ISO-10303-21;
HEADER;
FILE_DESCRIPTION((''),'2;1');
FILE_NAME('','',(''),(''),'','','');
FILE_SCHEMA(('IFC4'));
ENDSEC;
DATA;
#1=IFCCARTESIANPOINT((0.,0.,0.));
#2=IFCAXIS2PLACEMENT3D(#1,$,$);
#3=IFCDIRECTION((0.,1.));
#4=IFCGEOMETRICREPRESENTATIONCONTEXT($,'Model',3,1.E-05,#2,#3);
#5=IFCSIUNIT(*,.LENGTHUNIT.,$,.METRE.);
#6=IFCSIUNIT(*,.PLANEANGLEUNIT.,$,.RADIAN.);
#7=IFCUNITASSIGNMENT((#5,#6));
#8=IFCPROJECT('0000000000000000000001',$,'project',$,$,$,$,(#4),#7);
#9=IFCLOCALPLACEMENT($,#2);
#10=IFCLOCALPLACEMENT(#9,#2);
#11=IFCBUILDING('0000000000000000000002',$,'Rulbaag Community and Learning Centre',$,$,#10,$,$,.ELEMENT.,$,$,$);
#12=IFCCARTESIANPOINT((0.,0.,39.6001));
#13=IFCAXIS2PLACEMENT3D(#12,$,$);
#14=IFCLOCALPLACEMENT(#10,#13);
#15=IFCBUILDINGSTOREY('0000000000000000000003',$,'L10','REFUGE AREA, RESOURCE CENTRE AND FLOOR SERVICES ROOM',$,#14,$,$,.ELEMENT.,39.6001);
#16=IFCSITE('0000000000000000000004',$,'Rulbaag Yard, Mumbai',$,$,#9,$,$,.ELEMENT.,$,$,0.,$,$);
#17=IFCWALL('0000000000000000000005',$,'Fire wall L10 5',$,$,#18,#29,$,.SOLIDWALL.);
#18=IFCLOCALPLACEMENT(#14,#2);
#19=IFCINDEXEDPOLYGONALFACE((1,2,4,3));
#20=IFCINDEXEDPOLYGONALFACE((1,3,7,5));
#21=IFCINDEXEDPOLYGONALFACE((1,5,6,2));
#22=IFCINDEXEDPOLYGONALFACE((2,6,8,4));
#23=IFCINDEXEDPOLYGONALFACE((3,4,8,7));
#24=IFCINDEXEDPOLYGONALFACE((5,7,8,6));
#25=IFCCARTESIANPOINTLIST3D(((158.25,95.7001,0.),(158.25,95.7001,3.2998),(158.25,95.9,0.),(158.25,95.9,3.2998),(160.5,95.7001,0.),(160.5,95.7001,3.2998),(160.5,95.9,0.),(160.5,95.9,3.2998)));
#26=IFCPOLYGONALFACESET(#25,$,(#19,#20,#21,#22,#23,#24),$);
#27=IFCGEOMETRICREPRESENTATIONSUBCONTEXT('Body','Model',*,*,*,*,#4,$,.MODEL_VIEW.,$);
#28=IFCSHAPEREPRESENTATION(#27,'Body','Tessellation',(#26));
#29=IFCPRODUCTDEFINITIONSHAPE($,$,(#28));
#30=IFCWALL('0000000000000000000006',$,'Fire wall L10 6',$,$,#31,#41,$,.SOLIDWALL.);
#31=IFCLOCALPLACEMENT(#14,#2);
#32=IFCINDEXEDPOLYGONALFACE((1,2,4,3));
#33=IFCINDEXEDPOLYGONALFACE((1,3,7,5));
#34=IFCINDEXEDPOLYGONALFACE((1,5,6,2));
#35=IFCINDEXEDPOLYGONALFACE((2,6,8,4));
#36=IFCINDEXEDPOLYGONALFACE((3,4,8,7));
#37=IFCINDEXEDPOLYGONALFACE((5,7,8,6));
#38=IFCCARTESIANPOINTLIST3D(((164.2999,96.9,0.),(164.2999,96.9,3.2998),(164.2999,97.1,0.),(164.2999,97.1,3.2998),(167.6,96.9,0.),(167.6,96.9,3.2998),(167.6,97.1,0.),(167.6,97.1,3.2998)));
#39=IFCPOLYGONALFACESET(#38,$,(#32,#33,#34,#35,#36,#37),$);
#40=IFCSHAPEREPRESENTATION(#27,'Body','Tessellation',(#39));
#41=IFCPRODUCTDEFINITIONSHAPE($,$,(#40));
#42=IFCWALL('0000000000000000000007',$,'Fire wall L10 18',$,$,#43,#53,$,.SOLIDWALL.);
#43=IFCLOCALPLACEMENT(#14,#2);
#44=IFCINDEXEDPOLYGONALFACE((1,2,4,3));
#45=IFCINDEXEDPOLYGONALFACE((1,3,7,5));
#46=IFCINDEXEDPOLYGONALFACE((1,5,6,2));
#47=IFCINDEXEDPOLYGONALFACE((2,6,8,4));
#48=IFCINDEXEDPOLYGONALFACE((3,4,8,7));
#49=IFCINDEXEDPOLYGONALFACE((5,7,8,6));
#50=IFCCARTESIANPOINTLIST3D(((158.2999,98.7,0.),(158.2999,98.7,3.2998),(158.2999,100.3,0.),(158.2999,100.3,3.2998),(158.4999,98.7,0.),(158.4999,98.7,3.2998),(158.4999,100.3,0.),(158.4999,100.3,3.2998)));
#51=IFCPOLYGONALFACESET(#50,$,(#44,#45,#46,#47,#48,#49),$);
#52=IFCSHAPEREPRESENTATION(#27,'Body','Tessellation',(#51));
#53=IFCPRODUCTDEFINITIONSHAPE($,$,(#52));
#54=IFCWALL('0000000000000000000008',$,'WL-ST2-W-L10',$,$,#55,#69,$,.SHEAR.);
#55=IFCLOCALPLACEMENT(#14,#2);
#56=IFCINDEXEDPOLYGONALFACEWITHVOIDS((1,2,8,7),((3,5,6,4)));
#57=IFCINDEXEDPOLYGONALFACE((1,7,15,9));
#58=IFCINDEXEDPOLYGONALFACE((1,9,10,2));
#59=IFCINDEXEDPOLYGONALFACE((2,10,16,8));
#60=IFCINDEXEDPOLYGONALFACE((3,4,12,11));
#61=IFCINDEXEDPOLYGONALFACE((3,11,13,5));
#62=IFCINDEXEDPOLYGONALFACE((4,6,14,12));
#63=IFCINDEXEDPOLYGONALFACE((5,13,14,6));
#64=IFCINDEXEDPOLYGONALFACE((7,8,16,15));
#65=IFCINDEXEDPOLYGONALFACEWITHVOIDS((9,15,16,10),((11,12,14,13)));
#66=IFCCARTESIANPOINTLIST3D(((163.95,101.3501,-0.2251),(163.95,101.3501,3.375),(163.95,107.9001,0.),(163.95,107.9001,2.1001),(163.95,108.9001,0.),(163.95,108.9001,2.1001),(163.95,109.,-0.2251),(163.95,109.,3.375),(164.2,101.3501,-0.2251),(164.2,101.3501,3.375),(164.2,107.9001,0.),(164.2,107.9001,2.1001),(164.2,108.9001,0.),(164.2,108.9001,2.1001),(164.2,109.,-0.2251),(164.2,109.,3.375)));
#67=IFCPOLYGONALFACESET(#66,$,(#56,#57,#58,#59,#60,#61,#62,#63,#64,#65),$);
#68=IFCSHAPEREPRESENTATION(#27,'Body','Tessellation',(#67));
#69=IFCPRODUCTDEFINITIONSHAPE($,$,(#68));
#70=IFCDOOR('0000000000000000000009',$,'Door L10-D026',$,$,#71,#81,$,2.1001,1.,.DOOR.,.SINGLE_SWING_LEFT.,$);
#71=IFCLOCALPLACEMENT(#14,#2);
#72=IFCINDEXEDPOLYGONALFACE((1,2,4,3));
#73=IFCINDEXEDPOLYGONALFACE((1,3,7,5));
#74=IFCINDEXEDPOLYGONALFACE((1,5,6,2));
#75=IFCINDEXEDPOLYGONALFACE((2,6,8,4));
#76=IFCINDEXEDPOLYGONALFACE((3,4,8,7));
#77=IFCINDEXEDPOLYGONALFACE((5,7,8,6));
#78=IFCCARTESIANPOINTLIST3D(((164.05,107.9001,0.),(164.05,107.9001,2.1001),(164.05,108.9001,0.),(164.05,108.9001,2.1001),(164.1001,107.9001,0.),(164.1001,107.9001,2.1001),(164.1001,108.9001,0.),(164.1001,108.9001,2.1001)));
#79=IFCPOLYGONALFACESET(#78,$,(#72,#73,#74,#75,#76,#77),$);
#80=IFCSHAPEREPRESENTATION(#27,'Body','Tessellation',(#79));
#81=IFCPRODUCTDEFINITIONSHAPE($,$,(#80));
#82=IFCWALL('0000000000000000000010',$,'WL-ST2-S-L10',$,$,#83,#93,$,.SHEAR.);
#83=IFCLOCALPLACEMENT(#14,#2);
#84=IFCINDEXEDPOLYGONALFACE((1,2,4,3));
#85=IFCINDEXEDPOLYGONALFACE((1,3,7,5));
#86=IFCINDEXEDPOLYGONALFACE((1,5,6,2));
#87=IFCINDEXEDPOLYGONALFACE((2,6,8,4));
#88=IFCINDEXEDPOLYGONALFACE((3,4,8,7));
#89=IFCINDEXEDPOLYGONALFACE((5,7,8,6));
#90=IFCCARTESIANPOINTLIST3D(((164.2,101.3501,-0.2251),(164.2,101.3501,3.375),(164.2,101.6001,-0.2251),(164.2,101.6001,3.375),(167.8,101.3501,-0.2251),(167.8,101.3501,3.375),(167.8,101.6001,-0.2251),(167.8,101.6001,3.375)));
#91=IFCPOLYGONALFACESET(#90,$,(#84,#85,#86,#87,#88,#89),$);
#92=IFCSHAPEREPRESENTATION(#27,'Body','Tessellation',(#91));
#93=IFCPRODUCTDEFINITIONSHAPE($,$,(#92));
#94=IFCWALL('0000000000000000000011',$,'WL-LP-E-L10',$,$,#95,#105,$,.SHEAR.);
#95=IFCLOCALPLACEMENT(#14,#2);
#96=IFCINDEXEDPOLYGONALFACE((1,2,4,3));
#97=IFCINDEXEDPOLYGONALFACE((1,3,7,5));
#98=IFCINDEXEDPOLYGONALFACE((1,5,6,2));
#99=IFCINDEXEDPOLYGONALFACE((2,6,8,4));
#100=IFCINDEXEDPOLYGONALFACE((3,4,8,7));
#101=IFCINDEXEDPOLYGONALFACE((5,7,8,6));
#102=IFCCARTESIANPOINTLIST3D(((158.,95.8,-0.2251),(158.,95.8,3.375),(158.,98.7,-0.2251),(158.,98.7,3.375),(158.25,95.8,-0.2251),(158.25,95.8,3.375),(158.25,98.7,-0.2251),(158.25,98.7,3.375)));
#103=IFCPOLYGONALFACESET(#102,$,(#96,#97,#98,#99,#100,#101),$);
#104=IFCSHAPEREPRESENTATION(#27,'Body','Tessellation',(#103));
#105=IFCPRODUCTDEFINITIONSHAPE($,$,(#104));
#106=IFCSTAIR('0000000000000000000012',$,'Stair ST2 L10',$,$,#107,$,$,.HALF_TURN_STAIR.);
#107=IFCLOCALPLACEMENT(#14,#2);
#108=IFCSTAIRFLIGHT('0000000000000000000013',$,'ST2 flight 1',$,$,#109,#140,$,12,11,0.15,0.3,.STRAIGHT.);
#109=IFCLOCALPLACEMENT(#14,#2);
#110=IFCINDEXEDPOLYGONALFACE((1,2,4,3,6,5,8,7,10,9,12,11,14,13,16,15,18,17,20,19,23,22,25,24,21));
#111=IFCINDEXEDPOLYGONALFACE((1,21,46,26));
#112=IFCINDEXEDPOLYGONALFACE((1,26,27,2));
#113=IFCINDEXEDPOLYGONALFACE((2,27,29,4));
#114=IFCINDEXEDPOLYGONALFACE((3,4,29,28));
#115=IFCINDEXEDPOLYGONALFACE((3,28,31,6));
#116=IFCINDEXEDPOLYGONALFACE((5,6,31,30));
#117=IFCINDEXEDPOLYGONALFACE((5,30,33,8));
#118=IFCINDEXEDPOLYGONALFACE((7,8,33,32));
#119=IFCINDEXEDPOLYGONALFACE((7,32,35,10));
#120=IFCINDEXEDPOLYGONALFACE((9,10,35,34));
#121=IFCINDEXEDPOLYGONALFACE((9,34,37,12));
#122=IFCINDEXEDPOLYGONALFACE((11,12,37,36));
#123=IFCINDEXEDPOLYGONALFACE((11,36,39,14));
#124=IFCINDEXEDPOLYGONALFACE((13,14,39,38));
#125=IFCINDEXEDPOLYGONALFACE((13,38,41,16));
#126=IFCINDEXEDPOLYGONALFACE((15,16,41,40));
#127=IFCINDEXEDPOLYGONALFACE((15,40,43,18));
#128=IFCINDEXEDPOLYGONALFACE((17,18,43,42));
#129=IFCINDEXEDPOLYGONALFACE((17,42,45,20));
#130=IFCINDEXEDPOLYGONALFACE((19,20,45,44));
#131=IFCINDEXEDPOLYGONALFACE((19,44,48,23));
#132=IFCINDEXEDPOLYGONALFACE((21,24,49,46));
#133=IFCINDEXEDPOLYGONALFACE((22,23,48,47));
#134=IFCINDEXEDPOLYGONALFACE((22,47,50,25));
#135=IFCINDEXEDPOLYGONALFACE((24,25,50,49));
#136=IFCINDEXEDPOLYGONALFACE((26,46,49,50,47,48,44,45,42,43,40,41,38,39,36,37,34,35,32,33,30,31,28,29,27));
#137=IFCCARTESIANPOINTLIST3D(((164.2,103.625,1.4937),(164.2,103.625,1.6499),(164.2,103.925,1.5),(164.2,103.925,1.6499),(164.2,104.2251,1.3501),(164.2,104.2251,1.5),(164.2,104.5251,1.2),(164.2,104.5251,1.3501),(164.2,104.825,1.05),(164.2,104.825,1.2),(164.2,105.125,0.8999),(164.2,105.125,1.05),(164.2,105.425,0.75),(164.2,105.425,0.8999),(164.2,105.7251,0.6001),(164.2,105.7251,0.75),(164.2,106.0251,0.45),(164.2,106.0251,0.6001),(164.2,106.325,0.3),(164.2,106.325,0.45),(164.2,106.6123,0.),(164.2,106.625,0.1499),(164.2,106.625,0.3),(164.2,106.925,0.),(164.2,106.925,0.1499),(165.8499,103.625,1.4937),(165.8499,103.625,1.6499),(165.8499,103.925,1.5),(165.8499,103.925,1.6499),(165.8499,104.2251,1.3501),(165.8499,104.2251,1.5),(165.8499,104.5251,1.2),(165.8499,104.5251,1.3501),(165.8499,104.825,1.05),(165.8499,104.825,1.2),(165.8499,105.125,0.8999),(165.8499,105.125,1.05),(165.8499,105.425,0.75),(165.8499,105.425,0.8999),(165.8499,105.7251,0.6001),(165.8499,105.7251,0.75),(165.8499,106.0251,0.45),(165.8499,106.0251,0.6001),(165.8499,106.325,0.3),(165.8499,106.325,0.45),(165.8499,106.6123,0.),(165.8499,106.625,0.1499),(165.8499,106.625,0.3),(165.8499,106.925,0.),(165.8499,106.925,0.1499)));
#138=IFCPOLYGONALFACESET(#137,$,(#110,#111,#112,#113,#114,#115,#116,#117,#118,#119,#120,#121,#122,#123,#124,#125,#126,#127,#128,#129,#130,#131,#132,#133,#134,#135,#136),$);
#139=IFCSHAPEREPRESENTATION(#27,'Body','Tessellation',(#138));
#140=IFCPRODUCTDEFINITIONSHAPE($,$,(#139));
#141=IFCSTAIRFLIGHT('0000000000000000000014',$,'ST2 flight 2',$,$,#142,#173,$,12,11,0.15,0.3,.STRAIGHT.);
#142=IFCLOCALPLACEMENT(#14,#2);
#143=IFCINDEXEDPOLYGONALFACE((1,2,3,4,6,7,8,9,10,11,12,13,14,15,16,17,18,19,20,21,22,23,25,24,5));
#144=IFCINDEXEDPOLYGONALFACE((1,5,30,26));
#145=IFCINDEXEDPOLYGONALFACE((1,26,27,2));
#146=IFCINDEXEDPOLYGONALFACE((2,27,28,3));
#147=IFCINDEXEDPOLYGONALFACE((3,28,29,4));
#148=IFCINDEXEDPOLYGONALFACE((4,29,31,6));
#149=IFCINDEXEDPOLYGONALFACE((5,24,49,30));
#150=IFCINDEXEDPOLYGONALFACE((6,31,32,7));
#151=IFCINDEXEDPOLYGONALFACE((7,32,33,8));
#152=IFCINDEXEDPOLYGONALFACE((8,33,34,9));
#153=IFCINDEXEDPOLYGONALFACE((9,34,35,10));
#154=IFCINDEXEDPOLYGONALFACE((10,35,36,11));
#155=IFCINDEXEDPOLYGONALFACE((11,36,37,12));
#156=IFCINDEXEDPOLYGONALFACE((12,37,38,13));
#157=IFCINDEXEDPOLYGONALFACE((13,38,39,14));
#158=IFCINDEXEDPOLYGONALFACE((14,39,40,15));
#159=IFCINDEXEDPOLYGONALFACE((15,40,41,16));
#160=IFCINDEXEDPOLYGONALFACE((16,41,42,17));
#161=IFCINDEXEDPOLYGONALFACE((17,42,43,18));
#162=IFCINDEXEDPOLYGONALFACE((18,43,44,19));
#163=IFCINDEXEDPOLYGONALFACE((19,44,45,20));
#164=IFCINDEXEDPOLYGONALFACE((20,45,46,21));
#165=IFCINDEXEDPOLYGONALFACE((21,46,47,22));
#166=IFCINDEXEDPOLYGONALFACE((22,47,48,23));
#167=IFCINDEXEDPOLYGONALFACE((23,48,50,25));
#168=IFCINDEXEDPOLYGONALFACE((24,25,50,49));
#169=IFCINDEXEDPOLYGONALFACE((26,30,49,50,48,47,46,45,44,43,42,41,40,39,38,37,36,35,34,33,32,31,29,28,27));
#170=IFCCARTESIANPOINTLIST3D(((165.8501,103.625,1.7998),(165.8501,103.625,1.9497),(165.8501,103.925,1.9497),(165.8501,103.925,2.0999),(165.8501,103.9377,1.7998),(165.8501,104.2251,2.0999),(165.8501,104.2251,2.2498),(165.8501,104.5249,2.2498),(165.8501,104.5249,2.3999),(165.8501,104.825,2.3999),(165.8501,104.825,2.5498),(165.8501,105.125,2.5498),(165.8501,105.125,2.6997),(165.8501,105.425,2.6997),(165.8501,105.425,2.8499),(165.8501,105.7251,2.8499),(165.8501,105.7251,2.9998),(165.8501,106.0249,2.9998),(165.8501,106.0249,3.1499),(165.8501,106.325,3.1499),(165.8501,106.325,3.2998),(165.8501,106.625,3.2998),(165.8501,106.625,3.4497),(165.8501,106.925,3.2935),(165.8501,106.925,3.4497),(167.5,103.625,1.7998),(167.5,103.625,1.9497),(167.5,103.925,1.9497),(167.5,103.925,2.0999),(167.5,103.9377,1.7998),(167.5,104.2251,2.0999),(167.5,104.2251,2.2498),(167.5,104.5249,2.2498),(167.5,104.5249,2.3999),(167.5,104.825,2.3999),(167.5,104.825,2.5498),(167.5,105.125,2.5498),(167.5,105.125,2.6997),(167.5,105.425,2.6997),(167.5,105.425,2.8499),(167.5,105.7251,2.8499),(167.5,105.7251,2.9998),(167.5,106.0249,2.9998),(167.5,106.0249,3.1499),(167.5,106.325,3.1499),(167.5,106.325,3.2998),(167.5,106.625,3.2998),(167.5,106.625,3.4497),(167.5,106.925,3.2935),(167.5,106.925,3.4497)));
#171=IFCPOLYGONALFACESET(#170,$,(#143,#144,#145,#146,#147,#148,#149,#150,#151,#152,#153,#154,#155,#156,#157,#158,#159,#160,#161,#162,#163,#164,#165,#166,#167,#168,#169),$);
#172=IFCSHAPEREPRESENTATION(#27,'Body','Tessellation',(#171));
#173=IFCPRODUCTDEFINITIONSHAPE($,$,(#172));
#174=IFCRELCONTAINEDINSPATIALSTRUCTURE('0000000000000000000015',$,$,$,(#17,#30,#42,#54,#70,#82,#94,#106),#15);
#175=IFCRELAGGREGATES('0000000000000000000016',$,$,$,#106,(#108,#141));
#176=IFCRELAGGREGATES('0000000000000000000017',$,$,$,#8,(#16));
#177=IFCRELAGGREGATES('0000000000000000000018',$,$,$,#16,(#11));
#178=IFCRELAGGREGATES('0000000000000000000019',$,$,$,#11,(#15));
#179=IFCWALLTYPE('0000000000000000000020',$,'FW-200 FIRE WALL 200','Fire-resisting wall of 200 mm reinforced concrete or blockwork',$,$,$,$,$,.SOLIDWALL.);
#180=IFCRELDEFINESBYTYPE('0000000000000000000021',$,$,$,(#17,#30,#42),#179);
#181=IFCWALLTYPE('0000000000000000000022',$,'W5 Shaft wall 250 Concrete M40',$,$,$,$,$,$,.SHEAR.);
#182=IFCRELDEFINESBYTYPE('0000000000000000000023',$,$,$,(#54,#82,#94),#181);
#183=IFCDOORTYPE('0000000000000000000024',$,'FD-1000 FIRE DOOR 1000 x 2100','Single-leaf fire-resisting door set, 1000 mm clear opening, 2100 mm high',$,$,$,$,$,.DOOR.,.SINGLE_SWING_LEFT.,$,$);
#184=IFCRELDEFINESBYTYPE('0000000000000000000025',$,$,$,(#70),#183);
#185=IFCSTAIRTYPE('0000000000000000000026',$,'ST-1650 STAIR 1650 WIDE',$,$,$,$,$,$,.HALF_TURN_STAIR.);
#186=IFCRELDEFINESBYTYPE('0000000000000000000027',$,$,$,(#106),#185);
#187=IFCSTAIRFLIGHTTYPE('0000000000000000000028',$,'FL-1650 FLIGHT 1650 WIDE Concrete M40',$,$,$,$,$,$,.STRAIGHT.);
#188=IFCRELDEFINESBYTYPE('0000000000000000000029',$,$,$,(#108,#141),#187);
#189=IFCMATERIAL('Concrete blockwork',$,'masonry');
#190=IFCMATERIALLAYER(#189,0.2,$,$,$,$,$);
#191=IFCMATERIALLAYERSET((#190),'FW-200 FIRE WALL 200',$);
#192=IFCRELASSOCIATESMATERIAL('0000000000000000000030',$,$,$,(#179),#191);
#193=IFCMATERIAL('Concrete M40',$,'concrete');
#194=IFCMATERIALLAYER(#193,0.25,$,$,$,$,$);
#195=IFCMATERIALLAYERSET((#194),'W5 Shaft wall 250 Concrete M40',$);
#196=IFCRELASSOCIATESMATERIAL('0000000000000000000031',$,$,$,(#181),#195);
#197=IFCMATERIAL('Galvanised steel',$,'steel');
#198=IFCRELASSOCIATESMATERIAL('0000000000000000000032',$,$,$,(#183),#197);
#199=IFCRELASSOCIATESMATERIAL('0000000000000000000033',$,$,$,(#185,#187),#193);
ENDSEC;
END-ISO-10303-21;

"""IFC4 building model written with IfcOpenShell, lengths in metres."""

from ifc_helpers import new_model, si_unit, direction, frame, frame_2d, origin, place, context, subcontext, project, spatial, polyline, rectangle, outline, extrude, material, layer, layer_set, type_object, element, fill, aggregate, save


model = new_model("IFC4")

# Units and contexts
model_context = context("Model", 3, precision=1e-05, world=origin(), true_north=direction((0.0, 1.0)))
body_context = subcontext(model_context, "Body", "Model", "MODEL_VIEW")
ifc_project = project(units=[si_unit("LENGTHUNIT", "METRE"), si_unit("PLANEANGLEUNIT", "RADIAN")], contexts=[model_context])

# Site, building, storey
site_placement = place(None, origin())
site = spatial("IfcSite", under=ifc_project, at=site_placement, Name="Rulbaag Yard, Mumbai", CompositionType="ELEMENT", RefElevation=0.0)
building_placement = place(site_placement, origin())
building = spatial("IfcBuilding", under=site, at=building_placement, Name="Rulbaag Community and Learning Centre", CompositionType="ELEMENT")
storey_placement = place(building_placement, frame((0.0, 0.0, 39.6001)))
storey = spatial("IfcBuildingStorey", under=building, at=storey_placement, Name="L10", Description="REFUGE AREA, RESOURCE CENTRE AND FLOOR SERVICES ROOM", CompositionType="ELEMENT", Elevation=39.6001)

# Walls
ifc_material_1 = material(Name="Concrete blockwork", Category="masonry")
ifc_layer_1 = layer(ifc_material_1, 0.2)
ifc_layer_set_1 = layer_set([ifc_layer_1], Name="FW-200 FIRE WALL 200")
wall_type_1 = type_object("IfcWallType", Name="FW-200 FIRE WALL 200", Description="Fire-resisting wall of 200 mm reinforced concrete or blockwork", PredefinedType="SOLIDWALL", material=ifc_layer_set_1)
wall_1_placement = place(storey_placement, frame((158.25, 95.8, 0.0), z_axis=(0.0, 0.0, 1.0), x_axis=(1.0, 0.0, 0.0)))
element("IfcWall", 1, at=wall_1_placement, inside=storey, type_object=wall_type_1, Name="Fire wall L10 5", PredefinedType="SOLIDWALL", context=body_context, shape_type="SweptSolid", body=[
    extrude(rectangle(XDim=2.25, YDim=0.2, at=frame_2d((1.125, 0.0))), origin(), (0.0, 0.0, 1.0), 3.2998),
])
wall_2_placement = place(storey_placement, frame((164.3, 97.0, 0.0), z_axis=(0.0, 0.0, 1.0), x_axis=(1.0, 0.0, 0.0)))
element("IfcWall", 2, at=wall_2_placement, inside=storey, type_object=wall_type_1, Name="Fire wall L10 6", PredefinedType="SOLIDWALL", context=body_context, shape_type="SweptSolid", body=[
    extrude(rectangle(XDim=3.3, YDim=0.2, at=frame_2d((1.6499, 0.0))), origin(), (0.0, 0.0, 1.0), 3.2998),
])
wall_3_placement = place(storey_placement, frame((158.3999, 98.7, 0.0), z_axis=(0.0, 0.0, 1.0), x_axis=(0.0, 1.0, 0.0)))
element("IfcWall", 3, at=wall_3_placement, inside=storey, type_object=wall_type_1, Name="Fire wall L10 18", PredefinedType="SOLIDWALL", context=body_context, shape_type="SweptSolid", body=[
    extrude(rectangle(XDim=1.6001, YDim=0.2, at=frame_2d((0.8, 0.0))), origin(), (0.0, 0.0, 1.0), 3.2998),
])

# Wall, opening, door
ifc_material_2 = material(Name="Concrete M40", Category="concrete")
ifc_layer_2 = layer(ifc_material_2, 0.25)
ifc_layer_set_2 = layer_set([ifc_layer_2], Name="W5 Shaft wall 250 Concrete M40")
wall_type_2 = type_object("IfcWallType", Name="W5 Shaft wall 250 Concrete M40", PredefinedType="SHEAR", material=ifc_layer_set_2)
wall_4_placement = place(storey_placement, frame((164.075, 101.3501, -0.2251), z_axis=(0.0, 0.0, 1.0), x_axis=(0.0, 1.0, 0.0)))
wall_4 = element("IfcWall", 4, at=wall_4_placement, inside=storey, type_object=wall_type_2, Name="WL-ST2-W-L10", PredefinedType="SHEAR", context=body_context, shape_type="SweptSolid", body=[
    extrude(rectangle(XDim=7.6499, YDim=0.25, at=frame_2d((3.825, 0.0))), origin(), (0.0, 0.0, 1.0), 3.6001),
])
opening_placement = place(wall_4_placement, frame((6.55, 0.0, 0.2251)))
opening = element("IfcOpeningElement", 5, at=opening_placement, cuts=wall_4, PredefinedType="OPENING", context=body_context, shape_type="SweptSolid", body=[
    extrude(rectangle(XDim=1.0, YDim=2.1001, at=frame_2d((0.5, 1.05))), frame((0.0, 0.135, 0.0), z_axis=(0.0, -1.0, 0.0), x_axis=(1.0, 0.0, 0.0)), (0.0, 0.0, 1.0), 0.27),
])
ifc_material_3 = material(Name="Galvanised steel", Category="steel")
door_type = type_object("IfcDoorType", Name="FD-1000 FIRE DOOR 1000 x 2100", Description="Single-leaf fire-resisting door set, 1000 mm clear opening, 2100 mm high", OperationType="SINGLE_SWING_LEFT", PredefinedType="DOOR", material=ifc_material_3)
door_placement = place(opening_placement, origin())
door = element("IfcDoor", 6, at=door_placement, inside=storey, type_object=door_type, Name="Door L10-D026", OperationType="SINGLE_SWING_LEFT", OverallHeight=2.1001, OverallWidth=1.0, PredefinedType="DOOR", context=body_context, shape_type="SweptSolid", body=[
    extrude(rectangle(XDim=1.0, YDim=2.1001, at=frame_2d((0.5, 1.05))), frame((0.0, 0.0249, 0.0), z_axis=(0.0, -1.0, 0.0), x_axis=(1.0, 0.0, 0.0)), (0.0, 0.0, 1.0), 0.05),
])
fill(opening, door)

# Walls
wall_5_placement = place(storey_placement, frame((164.2, 101.4751, -0.2251), z_axis=(0.0, 0.0, 1.0), x_axis=(1.0, 0.0, 0.0)))
element("IfcWall", 7, at=wall_5_placement, inside=storey, type_object=wall_type_2, Name="WL-ST2-S-L10", PredefinedType="SHEAR", context=body_context, shape_type="SweptSolid", body=[
    extrude(rectangle(XDim=3.6001, YDim=0.25, at=frame_2d((1.8, 0.0))), origin(), (0.0, 0.0, 1.0), 3.6001),
])
wall_6_placement = place(storey_placement, frame((158.125, 95.8, -0.2251), z_axis=(0.0, 0.0, 1.0), x_axis=(0.0, 1.0, 0.0)))
element("IfcWall", 8, at=wall_6_placement, inside=storey, type_object=wall_type_2, Name="WL-LP-E-L10", PredefinedType="SHEAR", context=body_context, shape_type="SweptSolid", body=[
    extrude(rectangle(XDim=2.8999, YDim=0.25, at=frame_2d((1.45, 0.0))), origin(), (0.0, 0.0, 1.0), 3.6001),
])

# Stair, stair flights
stair_type = type_object("IfcStairType", Name="ST-1650 STAIR 1650 WIDE", PredefinedType="HALF_TURN_STAIR", material=ifc_material_2)
stair_placement = place(storey_placement, origin())
stair = element("IfcStair", 9, at=stair_placement, inside=storey, type_object=stair_type, Name="Stair ST2 L10", PredefinedType="HALF_TURN_STAIR")
stair_flight_type = type_object("IfcStairFlightType", Name="FL-1650 FLIGHT 1650 WIDE Concrete M40", PredefinedType="STRAIGHT", material=ifc_material_2)
stair_flight_1_placement = place(storey_placement, frame((165.0249, 106.925, 0.0), z_axis=(0.0, 0.0, 1.0), x_axis=(0.0, -1.0, 0.0)))
stair_flight_1 = element("IfcStairFlight", 10, at=stair_flight_1_placement, type_object=stair_flight_type, Name="ST2 flight 1", NumberOfRisers=12, NumberOfTreads=11, PredefinedType="STRAIGHT", RiserHeight=0.15, TreadLength=0.3, context=body_context, shape_type="SweptSolid", body=[
    extrude(outline(polyline([(0.0, 0.0), (0.0, 0.1499), (0.3, 0.1499), (0.3, 0.3), (0.6001, 0.3), (0.6001, 0.45), (0.8999, 0.45), (0.8999, 0.6001), (1.2, 0.6001), (1.2, 0.75), (1.5, 0.75), (1.5, 0.8999), (1.8, 0.8999), (1.8, 1.05), (2.1001, 1.05), (2.1001, 1.2), (2.3999, 1.2), (2.3999, 1.3501), (2.7, 1.3501), (2.7, 1.5), (3.0, 1.5), (3.0, 1.6499), (3.3, 1.6499), (3.3, 1.4937), (0.3127, 0.0), (0.0, 0.0)])), frame((0.0, 0.825, 0.0), z_axis=(0.0, -1.0, 0.0), x_axis=(1.0, 0.0, 0.0)), (0.0, 0.0, 1.0), 1.6499),
])
stair_flight_2_placement = place(storey_placement, frame((166.675, 103.625, 1.7998), z_axis=(0.0, 0.0, 1.0), x_axis=(0.0, 1.0, 0.0)))
stair_flight_2 = element("IfcStairFlight", 11, at=stair_flight_2_placement, type_object=stair_flight_type, Name="ST2 flight 2", NumberOfRisers=12, NumberOfTreads=11, PredefinedType="STRAIGHT", RiserHeight=0.15, TreadLength=0.3, context=body_context, shape_type="SweptSolid", body=[
    extrude(outline(polyline([(0.0, 0.0), (0.0, 0.1499), (0.3, 0.1499), (0.3, 0.3), (0.6001, 0.3), (0.6001, 0.45), (0.8999, 0.45), (0.8999, 0.6001), (1.2, 0.6001), (1.2, 0.75), (1.5, 0.75), (1.5, 0.8999), (1.8, 0.8999), (1.8, 1.05), (2.1001, 1.05), (2.1001, 1.2), (2.3999, 1.2), (2.3999, 1.3501), (2.7, 1.3501), (2.7, 1.5), (3.0, 1.5), (3.0, 1.6499), (3.3, 1.6499), (3.3, 1.4937), (0.3127, 0.0), (0.0, 0.0)])), frame((0.0, 0.825, 0.0), z_axis=(0.0, -1.0, 0.0), x_axis=(1.0, 0.0, 0.0)), (0.0, 0.0, 1.0), 1.6499),
])
aggregate(stair, [stair_flight_1, stair_flight_2])

save(model, "model.ifc")
